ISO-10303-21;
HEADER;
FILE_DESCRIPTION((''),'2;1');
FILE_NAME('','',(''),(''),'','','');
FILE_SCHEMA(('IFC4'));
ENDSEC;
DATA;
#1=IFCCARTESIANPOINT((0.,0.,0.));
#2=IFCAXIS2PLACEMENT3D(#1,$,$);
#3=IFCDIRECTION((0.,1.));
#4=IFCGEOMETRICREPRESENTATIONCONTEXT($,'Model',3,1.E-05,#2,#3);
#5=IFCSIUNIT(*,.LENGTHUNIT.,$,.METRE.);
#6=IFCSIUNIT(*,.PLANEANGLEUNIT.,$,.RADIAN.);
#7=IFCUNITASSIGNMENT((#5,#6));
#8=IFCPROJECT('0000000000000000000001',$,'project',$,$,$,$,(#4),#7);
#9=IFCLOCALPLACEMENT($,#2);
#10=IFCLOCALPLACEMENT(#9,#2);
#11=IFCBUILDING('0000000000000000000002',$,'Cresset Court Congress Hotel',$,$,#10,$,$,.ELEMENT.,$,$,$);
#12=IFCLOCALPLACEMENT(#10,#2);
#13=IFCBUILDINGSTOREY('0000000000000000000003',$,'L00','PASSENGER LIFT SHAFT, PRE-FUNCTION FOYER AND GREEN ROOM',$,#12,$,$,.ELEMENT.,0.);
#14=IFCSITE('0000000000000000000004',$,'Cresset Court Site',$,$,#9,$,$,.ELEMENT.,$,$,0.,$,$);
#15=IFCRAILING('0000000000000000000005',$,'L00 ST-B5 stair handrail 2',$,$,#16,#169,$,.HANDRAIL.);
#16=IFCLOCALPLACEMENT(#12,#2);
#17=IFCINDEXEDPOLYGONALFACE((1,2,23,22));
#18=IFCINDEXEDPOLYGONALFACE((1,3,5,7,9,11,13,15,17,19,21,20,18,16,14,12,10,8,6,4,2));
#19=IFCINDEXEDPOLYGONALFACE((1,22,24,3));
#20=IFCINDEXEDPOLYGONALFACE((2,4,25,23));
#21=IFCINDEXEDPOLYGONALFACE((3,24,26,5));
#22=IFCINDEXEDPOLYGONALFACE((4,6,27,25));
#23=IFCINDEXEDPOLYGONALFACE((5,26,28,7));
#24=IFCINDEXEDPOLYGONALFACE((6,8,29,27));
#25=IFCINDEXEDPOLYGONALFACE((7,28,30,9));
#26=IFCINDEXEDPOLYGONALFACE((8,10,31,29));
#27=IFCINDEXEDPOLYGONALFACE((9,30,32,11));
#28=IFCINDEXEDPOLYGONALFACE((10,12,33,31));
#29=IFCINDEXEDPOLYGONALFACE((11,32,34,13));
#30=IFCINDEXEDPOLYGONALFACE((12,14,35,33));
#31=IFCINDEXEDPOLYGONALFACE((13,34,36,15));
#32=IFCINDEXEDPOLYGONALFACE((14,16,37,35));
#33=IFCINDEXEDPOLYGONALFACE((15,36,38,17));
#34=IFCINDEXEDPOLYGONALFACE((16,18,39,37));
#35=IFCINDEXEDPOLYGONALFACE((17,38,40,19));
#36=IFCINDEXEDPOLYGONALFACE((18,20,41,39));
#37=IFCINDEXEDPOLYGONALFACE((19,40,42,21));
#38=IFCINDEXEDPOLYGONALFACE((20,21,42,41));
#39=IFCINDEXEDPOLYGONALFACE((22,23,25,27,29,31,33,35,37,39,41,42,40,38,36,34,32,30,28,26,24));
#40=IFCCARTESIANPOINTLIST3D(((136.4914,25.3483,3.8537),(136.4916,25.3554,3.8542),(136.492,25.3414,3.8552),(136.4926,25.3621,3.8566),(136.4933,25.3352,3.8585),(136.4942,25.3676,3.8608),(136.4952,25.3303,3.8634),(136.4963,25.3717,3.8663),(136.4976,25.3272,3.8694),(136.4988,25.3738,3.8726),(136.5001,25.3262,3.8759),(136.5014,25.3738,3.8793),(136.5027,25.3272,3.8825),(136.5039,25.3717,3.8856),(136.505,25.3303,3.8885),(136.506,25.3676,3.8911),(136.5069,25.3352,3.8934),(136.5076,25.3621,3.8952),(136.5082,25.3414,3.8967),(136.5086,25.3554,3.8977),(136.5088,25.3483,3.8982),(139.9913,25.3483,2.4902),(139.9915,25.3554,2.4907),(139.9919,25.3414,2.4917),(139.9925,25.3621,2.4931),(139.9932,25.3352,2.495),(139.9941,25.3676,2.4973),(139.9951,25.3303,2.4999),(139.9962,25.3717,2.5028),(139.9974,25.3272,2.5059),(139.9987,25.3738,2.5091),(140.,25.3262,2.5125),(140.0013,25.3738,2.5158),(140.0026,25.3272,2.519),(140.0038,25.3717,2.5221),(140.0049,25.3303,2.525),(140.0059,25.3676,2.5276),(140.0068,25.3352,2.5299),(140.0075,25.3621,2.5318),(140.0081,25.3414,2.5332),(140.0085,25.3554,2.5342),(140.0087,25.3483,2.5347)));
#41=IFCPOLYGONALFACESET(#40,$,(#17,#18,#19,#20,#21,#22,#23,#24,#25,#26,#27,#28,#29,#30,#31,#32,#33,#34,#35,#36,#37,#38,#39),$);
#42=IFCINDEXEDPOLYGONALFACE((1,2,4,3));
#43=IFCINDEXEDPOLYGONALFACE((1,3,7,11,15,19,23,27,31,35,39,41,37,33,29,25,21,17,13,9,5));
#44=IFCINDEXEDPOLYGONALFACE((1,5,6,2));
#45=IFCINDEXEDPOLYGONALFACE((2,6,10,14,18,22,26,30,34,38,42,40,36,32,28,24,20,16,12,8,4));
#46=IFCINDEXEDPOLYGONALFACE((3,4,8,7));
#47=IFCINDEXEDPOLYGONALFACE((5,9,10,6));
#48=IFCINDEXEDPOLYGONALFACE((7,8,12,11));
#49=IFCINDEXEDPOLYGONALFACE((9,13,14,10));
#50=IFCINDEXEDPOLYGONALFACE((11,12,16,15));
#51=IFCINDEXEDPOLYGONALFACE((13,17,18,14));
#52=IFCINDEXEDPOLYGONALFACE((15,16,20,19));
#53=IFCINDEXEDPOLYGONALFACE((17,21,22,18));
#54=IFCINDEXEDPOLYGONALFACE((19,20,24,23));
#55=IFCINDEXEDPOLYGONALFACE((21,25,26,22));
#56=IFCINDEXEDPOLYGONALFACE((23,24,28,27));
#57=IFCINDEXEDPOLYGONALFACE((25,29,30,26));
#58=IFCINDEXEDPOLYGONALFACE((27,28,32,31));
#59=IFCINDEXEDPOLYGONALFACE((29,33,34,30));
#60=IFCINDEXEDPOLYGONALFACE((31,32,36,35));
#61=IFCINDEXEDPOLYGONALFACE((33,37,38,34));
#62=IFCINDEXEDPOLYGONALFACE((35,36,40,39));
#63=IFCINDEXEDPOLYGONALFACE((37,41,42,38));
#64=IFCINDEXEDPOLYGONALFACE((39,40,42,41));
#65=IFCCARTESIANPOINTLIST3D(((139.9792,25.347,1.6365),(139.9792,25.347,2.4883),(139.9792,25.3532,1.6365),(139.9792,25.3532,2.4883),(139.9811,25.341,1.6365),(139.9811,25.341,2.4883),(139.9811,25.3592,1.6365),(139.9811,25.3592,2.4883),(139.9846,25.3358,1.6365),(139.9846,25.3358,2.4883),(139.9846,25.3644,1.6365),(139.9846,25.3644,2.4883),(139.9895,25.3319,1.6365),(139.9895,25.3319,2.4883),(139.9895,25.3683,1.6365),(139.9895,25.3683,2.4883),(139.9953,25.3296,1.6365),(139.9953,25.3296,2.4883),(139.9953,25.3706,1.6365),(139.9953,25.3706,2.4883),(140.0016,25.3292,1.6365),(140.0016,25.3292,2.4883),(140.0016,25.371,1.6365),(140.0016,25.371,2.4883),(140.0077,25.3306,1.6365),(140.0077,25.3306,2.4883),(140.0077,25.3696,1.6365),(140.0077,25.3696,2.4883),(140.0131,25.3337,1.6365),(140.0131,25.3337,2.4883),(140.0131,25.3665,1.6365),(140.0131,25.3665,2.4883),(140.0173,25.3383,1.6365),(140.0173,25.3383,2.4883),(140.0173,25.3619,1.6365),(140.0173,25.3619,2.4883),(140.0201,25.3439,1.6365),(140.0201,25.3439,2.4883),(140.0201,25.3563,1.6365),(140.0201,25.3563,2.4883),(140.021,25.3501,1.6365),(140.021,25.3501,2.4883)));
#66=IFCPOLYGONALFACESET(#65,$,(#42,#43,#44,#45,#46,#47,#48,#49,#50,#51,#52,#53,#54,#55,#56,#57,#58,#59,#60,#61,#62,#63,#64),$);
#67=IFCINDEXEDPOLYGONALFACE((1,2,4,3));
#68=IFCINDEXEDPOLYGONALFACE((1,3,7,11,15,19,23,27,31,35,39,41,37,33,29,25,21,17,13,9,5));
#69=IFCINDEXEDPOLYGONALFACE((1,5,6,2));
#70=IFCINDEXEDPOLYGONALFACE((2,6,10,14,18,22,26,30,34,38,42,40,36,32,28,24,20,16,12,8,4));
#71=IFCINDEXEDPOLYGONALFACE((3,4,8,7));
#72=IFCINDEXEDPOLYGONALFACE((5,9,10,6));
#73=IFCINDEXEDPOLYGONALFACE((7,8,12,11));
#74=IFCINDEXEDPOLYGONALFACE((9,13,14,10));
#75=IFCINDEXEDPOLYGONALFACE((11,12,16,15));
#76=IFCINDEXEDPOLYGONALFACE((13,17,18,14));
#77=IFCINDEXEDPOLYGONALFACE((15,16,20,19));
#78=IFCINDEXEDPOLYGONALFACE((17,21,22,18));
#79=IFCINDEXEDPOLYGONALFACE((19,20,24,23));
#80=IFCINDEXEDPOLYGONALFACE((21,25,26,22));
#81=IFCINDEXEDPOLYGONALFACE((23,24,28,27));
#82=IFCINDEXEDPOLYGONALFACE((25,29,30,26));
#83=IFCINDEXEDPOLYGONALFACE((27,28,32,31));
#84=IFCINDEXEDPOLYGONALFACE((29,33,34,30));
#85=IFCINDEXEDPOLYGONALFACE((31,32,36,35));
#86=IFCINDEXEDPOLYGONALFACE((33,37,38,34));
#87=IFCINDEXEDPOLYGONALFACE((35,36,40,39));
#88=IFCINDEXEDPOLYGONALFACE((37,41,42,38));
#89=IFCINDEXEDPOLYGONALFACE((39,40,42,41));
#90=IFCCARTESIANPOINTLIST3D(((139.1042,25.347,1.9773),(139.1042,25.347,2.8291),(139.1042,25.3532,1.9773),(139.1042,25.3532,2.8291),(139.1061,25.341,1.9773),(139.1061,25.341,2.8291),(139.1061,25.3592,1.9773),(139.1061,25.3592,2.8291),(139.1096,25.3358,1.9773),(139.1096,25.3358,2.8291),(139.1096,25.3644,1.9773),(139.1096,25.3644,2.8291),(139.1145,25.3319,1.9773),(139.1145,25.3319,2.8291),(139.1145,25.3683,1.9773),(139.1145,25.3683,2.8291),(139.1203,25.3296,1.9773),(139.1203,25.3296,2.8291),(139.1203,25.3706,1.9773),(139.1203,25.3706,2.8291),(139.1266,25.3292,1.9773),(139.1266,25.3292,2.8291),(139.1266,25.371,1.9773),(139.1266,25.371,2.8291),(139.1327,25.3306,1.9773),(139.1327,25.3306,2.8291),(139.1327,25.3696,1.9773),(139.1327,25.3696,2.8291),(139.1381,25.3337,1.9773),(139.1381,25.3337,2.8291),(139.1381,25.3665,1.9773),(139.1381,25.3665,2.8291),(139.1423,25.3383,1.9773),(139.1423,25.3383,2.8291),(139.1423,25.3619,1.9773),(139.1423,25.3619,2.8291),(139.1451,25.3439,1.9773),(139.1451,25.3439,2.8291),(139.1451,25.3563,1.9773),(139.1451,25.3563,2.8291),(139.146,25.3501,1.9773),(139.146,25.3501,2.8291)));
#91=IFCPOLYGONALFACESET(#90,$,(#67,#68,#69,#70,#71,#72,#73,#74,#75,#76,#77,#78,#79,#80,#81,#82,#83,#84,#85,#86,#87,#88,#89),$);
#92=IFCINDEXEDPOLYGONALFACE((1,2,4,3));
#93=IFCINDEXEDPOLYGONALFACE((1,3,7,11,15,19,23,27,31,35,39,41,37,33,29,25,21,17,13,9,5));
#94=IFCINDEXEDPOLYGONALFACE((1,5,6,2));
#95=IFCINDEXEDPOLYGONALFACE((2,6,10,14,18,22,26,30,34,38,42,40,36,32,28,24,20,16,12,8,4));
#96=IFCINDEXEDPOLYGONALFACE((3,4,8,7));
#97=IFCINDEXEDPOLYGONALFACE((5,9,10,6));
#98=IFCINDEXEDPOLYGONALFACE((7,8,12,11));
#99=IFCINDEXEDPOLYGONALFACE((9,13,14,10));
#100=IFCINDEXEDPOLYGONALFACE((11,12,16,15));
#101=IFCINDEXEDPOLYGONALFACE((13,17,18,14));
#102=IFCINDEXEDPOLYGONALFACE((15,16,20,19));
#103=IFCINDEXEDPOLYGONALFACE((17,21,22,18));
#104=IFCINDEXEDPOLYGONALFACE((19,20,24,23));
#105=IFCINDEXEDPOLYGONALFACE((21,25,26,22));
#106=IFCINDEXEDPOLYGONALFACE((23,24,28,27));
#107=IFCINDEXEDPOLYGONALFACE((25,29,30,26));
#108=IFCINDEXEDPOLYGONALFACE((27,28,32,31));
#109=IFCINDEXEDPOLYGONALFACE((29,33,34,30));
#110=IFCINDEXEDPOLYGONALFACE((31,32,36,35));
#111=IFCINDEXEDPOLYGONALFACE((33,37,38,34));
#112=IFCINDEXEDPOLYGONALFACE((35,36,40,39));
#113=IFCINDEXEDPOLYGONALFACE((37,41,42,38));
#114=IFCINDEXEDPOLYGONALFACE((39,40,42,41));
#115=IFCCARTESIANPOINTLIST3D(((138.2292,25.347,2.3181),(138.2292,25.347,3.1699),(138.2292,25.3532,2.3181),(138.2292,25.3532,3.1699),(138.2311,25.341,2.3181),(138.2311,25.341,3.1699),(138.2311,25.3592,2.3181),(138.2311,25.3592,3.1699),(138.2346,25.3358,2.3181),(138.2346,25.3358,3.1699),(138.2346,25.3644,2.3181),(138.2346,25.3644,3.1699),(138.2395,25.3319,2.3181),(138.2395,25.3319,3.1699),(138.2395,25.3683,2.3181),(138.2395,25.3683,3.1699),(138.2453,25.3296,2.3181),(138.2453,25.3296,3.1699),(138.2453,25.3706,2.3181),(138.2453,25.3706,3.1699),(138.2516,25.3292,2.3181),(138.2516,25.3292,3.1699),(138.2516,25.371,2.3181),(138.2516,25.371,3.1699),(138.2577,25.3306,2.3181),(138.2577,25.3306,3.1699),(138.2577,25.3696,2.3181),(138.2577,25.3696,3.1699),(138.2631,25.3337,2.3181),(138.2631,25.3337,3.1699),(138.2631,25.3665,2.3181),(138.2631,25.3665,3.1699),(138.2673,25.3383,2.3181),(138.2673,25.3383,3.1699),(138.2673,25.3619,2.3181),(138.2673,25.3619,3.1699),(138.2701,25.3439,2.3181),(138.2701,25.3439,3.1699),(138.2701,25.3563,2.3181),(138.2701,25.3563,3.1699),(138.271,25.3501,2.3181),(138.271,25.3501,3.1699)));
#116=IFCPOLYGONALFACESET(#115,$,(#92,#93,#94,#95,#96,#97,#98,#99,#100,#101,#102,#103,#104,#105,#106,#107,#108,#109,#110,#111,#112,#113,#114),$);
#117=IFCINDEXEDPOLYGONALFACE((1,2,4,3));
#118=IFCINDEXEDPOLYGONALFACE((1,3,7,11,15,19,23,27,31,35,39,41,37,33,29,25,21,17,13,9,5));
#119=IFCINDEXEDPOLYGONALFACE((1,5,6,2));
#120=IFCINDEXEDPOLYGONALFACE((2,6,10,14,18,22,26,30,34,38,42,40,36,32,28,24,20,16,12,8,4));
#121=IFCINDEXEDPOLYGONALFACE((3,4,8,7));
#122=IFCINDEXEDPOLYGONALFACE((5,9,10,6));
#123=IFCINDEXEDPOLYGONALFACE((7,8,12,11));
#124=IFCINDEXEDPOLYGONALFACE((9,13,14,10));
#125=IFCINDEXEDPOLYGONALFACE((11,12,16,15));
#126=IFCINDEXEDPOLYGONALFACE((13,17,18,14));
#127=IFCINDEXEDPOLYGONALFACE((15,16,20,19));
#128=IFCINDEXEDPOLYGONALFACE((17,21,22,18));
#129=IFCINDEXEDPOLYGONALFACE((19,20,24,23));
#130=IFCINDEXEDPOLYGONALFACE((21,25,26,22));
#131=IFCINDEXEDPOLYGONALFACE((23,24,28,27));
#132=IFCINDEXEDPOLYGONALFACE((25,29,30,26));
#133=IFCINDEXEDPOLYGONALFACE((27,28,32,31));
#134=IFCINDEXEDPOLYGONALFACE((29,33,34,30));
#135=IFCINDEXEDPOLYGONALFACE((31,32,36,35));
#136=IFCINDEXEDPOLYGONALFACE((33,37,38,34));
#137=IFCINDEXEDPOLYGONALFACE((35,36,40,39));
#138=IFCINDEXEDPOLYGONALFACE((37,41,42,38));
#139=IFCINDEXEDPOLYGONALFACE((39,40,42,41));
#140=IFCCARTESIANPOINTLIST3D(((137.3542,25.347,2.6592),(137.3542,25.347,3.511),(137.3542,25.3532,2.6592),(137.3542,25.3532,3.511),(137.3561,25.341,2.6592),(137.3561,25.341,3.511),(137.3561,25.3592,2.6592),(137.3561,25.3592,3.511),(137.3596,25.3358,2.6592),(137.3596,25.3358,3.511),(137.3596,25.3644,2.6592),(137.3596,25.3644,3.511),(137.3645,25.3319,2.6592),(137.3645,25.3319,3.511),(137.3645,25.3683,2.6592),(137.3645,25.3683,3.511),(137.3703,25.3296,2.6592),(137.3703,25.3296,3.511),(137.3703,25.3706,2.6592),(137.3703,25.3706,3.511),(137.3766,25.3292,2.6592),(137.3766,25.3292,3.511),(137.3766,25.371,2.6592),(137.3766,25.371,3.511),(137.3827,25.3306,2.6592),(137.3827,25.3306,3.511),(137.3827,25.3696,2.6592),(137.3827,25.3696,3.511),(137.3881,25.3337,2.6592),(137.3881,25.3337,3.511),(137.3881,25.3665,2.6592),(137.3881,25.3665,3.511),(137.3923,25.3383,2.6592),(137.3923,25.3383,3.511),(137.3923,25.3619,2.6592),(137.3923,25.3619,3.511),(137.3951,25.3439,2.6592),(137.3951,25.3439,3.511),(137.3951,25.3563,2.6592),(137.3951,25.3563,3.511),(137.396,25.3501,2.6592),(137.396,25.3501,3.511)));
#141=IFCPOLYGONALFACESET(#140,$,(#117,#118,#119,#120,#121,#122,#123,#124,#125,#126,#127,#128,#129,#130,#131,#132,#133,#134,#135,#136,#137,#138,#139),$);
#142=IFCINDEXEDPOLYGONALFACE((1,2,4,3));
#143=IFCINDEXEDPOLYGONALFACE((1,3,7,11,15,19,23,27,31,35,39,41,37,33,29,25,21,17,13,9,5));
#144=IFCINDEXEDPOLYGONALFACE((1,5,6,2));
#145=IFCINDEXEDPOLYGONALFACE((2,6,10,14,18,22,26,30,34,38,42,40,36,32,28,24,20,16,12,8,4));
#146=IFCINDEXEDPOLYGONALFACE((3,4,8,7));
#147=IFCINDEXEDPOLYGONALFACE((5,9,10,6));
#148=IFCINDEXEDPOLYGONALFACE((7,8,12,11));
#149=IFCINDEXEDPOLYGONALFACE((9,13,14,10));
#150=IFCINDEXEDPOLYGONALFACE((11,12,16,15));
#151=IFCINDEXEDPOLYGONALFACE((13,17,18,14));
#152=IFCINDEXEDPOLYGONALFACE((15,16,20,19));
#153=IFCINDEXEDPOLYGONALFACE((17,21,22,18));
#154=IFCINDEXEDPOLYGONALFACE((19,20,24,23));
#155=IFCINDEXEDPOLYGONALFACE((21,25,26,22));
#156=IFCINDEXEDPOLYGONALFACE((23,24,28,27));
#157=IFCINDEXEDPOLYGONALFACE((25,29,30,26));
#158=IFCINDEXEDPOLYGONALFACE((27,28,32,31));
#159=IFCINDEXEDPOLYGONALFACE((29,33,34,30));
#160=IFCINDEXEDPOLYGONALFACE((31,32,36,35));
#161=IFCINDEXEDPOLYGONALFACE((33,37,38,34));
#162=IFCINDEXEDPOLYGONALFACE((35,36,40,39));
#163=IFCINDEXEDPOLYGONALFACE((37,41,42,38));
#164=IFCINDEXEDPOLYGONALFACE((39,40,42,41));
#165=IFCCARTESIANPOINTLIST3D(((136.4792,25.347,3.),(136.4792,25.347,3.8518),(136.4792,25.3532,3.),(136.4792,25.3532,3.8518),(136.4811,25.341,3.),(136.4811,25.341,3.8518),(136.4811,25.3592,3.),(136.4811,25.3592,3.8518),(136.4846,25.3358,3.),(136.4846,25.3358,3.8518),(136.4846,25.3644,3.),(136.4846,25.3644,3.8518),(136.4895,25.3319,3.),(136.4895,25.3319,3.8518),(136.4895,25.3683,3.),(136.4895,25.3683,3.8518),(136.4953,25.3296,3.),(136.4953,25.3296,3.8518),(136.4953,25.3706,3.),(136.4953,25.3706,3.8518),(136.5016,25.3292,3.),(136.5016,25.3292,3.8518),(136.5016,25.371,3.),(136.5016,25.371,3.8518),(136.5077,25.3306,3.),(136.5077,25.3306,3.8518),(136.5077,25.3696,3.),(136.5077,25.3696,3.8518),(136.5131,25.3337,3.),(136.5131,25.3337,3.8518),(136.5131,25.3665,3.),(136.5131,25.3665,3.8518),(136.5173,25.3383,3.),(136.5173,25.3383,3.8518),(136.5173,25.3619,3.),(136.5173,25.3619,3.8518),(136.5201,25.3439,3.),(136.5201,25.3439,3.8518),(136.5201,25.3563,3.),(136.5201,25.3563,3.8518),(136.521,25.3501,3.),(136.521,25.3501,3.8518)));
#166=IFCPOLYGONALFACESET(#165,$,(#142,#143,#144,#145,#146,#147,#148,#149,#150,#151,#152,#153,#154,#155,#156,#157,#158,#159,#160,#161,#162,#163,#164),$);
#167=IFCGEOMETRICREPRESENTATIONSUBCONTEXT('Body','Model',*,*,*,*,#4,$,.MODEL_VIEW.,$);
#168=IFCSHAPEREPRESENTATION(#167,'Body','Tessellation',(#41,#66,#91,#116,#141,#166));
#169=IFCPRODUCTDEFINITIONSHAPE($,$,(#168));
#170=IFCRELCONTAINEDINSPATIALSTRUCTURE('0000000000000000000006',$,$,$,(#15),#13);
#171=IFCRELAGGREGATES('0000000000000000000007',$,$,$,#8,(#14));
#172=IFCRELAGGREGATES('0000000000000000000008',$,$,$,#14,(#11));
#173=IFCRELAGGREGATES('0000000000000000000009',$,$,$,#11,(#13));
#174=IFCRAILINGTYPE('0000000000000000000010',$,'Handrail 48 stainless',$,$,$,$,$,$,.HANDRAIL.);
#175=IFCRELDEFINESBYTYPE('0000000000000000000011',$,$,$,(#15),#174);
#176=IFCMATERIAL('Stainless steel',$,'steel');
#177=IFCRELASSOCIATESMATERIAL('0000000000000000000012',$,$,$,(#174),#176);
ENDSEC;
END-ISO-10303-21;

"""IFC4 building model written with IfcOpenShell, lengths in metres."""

from ifc_helpers import new_model, si_unit, direction, frame, origin, origin_2d, place, context, subcontext, project, spatial, circle, extrude, material, type_object, element, save


model = new_model("IFC4")

# Units and contexts
model_context = context("Model", 3, precision=1e-05, world=origin(), true_north=direction((0.0, 1.0)))
body_context = subcontext(model_context, "Body", "Model", "MODEL_VIEW")
ifc_project = project(units=[si_unit("LENGTHUNIT", "METRE"), si_unit("PLANEANGLEUNIT", "RADIAN")], contexts=[model_context])

# Site, building, storey
site_placement = place(None, origin())
site = spatial("IfcSite", under=ifc_project, at=site_placement, Name="Cresset Court Site", CompositionType="ELEMENT", RefElevation=0.0)
building_placement = place(site_placement, origin())
building = spatial("IfcBuilding", under=site, at=building_placement, Name="Cresset Court Congress Hotel", CompositionType="ELEMENT")
storey_placement = place(building_placement, origin())
storey = spatial("IfcBuildingStorey", under=building, at=storey_placement, Name="L00", Description="PASSENGER LIFT SHAFT, PRE-FUNCTION FOYER AND GREEN ROOM", CompositionType="ELEMENT", Elevation=0.0)

# Railing
ifc_material_1 = material(Name="Stainless steel", Category="steel")
railing_type = type_object("IfcRailingType", Name="Handrail 48 stainless", PredefinedType="HANDRAIL", material=ifc_material_1)
for number, where, name in (
    (1, (140.0, 25.3501, 1.6365), "L00 ST-B5 stair handrail 2"),
):
    element("IfcRailing", number, at=place(storey_placement, frame(where)), inside=storey, type_object=railing_type, Name=name, PredefinedType="HANDRAIL", context=body_context, shape_type="SweptSolid", body=[
        extrude(circle(Radius=0.0239, at=origin_2d()), frame((0.0, 0.0, 0.876), z_axis=(-0.931787, 0.0, 0.363005), x_axis=(0.0, -1.0, 0.0)), (0.0, 0.0, 1.0), 3.7561),
        extrude(circle(Radius=0.021, at=origin_2d()), origin(), (0.0, 0.0, 1.0), 0.8518),
        extrude(circle(Radius=0.021, at=origin_2d()), frame((-0.875, 0.0, 0.3408)), (0.0, 0.0, 1.0), 0.8518),
        extrude(circle(Radius=0.021, at=origin_2d()), frame((-1.75, 0.0, 0.6816)), (0.0, 0.0, 1.0), 0.8518),
        extrude(circle(Radius=0.021, at=origin_2d()), frame((-2.625, 0.0, 1.0227)), (0.0, 0.0, 1.0), 0.8518),
        extrude(circle(Radius=0.021, at=origin_2d()), frame((-3.5, 0.0, 1.3635)), (0.0, 0.0, 1.0), 0.8518),
    ])

save(model, "model.ifc")
